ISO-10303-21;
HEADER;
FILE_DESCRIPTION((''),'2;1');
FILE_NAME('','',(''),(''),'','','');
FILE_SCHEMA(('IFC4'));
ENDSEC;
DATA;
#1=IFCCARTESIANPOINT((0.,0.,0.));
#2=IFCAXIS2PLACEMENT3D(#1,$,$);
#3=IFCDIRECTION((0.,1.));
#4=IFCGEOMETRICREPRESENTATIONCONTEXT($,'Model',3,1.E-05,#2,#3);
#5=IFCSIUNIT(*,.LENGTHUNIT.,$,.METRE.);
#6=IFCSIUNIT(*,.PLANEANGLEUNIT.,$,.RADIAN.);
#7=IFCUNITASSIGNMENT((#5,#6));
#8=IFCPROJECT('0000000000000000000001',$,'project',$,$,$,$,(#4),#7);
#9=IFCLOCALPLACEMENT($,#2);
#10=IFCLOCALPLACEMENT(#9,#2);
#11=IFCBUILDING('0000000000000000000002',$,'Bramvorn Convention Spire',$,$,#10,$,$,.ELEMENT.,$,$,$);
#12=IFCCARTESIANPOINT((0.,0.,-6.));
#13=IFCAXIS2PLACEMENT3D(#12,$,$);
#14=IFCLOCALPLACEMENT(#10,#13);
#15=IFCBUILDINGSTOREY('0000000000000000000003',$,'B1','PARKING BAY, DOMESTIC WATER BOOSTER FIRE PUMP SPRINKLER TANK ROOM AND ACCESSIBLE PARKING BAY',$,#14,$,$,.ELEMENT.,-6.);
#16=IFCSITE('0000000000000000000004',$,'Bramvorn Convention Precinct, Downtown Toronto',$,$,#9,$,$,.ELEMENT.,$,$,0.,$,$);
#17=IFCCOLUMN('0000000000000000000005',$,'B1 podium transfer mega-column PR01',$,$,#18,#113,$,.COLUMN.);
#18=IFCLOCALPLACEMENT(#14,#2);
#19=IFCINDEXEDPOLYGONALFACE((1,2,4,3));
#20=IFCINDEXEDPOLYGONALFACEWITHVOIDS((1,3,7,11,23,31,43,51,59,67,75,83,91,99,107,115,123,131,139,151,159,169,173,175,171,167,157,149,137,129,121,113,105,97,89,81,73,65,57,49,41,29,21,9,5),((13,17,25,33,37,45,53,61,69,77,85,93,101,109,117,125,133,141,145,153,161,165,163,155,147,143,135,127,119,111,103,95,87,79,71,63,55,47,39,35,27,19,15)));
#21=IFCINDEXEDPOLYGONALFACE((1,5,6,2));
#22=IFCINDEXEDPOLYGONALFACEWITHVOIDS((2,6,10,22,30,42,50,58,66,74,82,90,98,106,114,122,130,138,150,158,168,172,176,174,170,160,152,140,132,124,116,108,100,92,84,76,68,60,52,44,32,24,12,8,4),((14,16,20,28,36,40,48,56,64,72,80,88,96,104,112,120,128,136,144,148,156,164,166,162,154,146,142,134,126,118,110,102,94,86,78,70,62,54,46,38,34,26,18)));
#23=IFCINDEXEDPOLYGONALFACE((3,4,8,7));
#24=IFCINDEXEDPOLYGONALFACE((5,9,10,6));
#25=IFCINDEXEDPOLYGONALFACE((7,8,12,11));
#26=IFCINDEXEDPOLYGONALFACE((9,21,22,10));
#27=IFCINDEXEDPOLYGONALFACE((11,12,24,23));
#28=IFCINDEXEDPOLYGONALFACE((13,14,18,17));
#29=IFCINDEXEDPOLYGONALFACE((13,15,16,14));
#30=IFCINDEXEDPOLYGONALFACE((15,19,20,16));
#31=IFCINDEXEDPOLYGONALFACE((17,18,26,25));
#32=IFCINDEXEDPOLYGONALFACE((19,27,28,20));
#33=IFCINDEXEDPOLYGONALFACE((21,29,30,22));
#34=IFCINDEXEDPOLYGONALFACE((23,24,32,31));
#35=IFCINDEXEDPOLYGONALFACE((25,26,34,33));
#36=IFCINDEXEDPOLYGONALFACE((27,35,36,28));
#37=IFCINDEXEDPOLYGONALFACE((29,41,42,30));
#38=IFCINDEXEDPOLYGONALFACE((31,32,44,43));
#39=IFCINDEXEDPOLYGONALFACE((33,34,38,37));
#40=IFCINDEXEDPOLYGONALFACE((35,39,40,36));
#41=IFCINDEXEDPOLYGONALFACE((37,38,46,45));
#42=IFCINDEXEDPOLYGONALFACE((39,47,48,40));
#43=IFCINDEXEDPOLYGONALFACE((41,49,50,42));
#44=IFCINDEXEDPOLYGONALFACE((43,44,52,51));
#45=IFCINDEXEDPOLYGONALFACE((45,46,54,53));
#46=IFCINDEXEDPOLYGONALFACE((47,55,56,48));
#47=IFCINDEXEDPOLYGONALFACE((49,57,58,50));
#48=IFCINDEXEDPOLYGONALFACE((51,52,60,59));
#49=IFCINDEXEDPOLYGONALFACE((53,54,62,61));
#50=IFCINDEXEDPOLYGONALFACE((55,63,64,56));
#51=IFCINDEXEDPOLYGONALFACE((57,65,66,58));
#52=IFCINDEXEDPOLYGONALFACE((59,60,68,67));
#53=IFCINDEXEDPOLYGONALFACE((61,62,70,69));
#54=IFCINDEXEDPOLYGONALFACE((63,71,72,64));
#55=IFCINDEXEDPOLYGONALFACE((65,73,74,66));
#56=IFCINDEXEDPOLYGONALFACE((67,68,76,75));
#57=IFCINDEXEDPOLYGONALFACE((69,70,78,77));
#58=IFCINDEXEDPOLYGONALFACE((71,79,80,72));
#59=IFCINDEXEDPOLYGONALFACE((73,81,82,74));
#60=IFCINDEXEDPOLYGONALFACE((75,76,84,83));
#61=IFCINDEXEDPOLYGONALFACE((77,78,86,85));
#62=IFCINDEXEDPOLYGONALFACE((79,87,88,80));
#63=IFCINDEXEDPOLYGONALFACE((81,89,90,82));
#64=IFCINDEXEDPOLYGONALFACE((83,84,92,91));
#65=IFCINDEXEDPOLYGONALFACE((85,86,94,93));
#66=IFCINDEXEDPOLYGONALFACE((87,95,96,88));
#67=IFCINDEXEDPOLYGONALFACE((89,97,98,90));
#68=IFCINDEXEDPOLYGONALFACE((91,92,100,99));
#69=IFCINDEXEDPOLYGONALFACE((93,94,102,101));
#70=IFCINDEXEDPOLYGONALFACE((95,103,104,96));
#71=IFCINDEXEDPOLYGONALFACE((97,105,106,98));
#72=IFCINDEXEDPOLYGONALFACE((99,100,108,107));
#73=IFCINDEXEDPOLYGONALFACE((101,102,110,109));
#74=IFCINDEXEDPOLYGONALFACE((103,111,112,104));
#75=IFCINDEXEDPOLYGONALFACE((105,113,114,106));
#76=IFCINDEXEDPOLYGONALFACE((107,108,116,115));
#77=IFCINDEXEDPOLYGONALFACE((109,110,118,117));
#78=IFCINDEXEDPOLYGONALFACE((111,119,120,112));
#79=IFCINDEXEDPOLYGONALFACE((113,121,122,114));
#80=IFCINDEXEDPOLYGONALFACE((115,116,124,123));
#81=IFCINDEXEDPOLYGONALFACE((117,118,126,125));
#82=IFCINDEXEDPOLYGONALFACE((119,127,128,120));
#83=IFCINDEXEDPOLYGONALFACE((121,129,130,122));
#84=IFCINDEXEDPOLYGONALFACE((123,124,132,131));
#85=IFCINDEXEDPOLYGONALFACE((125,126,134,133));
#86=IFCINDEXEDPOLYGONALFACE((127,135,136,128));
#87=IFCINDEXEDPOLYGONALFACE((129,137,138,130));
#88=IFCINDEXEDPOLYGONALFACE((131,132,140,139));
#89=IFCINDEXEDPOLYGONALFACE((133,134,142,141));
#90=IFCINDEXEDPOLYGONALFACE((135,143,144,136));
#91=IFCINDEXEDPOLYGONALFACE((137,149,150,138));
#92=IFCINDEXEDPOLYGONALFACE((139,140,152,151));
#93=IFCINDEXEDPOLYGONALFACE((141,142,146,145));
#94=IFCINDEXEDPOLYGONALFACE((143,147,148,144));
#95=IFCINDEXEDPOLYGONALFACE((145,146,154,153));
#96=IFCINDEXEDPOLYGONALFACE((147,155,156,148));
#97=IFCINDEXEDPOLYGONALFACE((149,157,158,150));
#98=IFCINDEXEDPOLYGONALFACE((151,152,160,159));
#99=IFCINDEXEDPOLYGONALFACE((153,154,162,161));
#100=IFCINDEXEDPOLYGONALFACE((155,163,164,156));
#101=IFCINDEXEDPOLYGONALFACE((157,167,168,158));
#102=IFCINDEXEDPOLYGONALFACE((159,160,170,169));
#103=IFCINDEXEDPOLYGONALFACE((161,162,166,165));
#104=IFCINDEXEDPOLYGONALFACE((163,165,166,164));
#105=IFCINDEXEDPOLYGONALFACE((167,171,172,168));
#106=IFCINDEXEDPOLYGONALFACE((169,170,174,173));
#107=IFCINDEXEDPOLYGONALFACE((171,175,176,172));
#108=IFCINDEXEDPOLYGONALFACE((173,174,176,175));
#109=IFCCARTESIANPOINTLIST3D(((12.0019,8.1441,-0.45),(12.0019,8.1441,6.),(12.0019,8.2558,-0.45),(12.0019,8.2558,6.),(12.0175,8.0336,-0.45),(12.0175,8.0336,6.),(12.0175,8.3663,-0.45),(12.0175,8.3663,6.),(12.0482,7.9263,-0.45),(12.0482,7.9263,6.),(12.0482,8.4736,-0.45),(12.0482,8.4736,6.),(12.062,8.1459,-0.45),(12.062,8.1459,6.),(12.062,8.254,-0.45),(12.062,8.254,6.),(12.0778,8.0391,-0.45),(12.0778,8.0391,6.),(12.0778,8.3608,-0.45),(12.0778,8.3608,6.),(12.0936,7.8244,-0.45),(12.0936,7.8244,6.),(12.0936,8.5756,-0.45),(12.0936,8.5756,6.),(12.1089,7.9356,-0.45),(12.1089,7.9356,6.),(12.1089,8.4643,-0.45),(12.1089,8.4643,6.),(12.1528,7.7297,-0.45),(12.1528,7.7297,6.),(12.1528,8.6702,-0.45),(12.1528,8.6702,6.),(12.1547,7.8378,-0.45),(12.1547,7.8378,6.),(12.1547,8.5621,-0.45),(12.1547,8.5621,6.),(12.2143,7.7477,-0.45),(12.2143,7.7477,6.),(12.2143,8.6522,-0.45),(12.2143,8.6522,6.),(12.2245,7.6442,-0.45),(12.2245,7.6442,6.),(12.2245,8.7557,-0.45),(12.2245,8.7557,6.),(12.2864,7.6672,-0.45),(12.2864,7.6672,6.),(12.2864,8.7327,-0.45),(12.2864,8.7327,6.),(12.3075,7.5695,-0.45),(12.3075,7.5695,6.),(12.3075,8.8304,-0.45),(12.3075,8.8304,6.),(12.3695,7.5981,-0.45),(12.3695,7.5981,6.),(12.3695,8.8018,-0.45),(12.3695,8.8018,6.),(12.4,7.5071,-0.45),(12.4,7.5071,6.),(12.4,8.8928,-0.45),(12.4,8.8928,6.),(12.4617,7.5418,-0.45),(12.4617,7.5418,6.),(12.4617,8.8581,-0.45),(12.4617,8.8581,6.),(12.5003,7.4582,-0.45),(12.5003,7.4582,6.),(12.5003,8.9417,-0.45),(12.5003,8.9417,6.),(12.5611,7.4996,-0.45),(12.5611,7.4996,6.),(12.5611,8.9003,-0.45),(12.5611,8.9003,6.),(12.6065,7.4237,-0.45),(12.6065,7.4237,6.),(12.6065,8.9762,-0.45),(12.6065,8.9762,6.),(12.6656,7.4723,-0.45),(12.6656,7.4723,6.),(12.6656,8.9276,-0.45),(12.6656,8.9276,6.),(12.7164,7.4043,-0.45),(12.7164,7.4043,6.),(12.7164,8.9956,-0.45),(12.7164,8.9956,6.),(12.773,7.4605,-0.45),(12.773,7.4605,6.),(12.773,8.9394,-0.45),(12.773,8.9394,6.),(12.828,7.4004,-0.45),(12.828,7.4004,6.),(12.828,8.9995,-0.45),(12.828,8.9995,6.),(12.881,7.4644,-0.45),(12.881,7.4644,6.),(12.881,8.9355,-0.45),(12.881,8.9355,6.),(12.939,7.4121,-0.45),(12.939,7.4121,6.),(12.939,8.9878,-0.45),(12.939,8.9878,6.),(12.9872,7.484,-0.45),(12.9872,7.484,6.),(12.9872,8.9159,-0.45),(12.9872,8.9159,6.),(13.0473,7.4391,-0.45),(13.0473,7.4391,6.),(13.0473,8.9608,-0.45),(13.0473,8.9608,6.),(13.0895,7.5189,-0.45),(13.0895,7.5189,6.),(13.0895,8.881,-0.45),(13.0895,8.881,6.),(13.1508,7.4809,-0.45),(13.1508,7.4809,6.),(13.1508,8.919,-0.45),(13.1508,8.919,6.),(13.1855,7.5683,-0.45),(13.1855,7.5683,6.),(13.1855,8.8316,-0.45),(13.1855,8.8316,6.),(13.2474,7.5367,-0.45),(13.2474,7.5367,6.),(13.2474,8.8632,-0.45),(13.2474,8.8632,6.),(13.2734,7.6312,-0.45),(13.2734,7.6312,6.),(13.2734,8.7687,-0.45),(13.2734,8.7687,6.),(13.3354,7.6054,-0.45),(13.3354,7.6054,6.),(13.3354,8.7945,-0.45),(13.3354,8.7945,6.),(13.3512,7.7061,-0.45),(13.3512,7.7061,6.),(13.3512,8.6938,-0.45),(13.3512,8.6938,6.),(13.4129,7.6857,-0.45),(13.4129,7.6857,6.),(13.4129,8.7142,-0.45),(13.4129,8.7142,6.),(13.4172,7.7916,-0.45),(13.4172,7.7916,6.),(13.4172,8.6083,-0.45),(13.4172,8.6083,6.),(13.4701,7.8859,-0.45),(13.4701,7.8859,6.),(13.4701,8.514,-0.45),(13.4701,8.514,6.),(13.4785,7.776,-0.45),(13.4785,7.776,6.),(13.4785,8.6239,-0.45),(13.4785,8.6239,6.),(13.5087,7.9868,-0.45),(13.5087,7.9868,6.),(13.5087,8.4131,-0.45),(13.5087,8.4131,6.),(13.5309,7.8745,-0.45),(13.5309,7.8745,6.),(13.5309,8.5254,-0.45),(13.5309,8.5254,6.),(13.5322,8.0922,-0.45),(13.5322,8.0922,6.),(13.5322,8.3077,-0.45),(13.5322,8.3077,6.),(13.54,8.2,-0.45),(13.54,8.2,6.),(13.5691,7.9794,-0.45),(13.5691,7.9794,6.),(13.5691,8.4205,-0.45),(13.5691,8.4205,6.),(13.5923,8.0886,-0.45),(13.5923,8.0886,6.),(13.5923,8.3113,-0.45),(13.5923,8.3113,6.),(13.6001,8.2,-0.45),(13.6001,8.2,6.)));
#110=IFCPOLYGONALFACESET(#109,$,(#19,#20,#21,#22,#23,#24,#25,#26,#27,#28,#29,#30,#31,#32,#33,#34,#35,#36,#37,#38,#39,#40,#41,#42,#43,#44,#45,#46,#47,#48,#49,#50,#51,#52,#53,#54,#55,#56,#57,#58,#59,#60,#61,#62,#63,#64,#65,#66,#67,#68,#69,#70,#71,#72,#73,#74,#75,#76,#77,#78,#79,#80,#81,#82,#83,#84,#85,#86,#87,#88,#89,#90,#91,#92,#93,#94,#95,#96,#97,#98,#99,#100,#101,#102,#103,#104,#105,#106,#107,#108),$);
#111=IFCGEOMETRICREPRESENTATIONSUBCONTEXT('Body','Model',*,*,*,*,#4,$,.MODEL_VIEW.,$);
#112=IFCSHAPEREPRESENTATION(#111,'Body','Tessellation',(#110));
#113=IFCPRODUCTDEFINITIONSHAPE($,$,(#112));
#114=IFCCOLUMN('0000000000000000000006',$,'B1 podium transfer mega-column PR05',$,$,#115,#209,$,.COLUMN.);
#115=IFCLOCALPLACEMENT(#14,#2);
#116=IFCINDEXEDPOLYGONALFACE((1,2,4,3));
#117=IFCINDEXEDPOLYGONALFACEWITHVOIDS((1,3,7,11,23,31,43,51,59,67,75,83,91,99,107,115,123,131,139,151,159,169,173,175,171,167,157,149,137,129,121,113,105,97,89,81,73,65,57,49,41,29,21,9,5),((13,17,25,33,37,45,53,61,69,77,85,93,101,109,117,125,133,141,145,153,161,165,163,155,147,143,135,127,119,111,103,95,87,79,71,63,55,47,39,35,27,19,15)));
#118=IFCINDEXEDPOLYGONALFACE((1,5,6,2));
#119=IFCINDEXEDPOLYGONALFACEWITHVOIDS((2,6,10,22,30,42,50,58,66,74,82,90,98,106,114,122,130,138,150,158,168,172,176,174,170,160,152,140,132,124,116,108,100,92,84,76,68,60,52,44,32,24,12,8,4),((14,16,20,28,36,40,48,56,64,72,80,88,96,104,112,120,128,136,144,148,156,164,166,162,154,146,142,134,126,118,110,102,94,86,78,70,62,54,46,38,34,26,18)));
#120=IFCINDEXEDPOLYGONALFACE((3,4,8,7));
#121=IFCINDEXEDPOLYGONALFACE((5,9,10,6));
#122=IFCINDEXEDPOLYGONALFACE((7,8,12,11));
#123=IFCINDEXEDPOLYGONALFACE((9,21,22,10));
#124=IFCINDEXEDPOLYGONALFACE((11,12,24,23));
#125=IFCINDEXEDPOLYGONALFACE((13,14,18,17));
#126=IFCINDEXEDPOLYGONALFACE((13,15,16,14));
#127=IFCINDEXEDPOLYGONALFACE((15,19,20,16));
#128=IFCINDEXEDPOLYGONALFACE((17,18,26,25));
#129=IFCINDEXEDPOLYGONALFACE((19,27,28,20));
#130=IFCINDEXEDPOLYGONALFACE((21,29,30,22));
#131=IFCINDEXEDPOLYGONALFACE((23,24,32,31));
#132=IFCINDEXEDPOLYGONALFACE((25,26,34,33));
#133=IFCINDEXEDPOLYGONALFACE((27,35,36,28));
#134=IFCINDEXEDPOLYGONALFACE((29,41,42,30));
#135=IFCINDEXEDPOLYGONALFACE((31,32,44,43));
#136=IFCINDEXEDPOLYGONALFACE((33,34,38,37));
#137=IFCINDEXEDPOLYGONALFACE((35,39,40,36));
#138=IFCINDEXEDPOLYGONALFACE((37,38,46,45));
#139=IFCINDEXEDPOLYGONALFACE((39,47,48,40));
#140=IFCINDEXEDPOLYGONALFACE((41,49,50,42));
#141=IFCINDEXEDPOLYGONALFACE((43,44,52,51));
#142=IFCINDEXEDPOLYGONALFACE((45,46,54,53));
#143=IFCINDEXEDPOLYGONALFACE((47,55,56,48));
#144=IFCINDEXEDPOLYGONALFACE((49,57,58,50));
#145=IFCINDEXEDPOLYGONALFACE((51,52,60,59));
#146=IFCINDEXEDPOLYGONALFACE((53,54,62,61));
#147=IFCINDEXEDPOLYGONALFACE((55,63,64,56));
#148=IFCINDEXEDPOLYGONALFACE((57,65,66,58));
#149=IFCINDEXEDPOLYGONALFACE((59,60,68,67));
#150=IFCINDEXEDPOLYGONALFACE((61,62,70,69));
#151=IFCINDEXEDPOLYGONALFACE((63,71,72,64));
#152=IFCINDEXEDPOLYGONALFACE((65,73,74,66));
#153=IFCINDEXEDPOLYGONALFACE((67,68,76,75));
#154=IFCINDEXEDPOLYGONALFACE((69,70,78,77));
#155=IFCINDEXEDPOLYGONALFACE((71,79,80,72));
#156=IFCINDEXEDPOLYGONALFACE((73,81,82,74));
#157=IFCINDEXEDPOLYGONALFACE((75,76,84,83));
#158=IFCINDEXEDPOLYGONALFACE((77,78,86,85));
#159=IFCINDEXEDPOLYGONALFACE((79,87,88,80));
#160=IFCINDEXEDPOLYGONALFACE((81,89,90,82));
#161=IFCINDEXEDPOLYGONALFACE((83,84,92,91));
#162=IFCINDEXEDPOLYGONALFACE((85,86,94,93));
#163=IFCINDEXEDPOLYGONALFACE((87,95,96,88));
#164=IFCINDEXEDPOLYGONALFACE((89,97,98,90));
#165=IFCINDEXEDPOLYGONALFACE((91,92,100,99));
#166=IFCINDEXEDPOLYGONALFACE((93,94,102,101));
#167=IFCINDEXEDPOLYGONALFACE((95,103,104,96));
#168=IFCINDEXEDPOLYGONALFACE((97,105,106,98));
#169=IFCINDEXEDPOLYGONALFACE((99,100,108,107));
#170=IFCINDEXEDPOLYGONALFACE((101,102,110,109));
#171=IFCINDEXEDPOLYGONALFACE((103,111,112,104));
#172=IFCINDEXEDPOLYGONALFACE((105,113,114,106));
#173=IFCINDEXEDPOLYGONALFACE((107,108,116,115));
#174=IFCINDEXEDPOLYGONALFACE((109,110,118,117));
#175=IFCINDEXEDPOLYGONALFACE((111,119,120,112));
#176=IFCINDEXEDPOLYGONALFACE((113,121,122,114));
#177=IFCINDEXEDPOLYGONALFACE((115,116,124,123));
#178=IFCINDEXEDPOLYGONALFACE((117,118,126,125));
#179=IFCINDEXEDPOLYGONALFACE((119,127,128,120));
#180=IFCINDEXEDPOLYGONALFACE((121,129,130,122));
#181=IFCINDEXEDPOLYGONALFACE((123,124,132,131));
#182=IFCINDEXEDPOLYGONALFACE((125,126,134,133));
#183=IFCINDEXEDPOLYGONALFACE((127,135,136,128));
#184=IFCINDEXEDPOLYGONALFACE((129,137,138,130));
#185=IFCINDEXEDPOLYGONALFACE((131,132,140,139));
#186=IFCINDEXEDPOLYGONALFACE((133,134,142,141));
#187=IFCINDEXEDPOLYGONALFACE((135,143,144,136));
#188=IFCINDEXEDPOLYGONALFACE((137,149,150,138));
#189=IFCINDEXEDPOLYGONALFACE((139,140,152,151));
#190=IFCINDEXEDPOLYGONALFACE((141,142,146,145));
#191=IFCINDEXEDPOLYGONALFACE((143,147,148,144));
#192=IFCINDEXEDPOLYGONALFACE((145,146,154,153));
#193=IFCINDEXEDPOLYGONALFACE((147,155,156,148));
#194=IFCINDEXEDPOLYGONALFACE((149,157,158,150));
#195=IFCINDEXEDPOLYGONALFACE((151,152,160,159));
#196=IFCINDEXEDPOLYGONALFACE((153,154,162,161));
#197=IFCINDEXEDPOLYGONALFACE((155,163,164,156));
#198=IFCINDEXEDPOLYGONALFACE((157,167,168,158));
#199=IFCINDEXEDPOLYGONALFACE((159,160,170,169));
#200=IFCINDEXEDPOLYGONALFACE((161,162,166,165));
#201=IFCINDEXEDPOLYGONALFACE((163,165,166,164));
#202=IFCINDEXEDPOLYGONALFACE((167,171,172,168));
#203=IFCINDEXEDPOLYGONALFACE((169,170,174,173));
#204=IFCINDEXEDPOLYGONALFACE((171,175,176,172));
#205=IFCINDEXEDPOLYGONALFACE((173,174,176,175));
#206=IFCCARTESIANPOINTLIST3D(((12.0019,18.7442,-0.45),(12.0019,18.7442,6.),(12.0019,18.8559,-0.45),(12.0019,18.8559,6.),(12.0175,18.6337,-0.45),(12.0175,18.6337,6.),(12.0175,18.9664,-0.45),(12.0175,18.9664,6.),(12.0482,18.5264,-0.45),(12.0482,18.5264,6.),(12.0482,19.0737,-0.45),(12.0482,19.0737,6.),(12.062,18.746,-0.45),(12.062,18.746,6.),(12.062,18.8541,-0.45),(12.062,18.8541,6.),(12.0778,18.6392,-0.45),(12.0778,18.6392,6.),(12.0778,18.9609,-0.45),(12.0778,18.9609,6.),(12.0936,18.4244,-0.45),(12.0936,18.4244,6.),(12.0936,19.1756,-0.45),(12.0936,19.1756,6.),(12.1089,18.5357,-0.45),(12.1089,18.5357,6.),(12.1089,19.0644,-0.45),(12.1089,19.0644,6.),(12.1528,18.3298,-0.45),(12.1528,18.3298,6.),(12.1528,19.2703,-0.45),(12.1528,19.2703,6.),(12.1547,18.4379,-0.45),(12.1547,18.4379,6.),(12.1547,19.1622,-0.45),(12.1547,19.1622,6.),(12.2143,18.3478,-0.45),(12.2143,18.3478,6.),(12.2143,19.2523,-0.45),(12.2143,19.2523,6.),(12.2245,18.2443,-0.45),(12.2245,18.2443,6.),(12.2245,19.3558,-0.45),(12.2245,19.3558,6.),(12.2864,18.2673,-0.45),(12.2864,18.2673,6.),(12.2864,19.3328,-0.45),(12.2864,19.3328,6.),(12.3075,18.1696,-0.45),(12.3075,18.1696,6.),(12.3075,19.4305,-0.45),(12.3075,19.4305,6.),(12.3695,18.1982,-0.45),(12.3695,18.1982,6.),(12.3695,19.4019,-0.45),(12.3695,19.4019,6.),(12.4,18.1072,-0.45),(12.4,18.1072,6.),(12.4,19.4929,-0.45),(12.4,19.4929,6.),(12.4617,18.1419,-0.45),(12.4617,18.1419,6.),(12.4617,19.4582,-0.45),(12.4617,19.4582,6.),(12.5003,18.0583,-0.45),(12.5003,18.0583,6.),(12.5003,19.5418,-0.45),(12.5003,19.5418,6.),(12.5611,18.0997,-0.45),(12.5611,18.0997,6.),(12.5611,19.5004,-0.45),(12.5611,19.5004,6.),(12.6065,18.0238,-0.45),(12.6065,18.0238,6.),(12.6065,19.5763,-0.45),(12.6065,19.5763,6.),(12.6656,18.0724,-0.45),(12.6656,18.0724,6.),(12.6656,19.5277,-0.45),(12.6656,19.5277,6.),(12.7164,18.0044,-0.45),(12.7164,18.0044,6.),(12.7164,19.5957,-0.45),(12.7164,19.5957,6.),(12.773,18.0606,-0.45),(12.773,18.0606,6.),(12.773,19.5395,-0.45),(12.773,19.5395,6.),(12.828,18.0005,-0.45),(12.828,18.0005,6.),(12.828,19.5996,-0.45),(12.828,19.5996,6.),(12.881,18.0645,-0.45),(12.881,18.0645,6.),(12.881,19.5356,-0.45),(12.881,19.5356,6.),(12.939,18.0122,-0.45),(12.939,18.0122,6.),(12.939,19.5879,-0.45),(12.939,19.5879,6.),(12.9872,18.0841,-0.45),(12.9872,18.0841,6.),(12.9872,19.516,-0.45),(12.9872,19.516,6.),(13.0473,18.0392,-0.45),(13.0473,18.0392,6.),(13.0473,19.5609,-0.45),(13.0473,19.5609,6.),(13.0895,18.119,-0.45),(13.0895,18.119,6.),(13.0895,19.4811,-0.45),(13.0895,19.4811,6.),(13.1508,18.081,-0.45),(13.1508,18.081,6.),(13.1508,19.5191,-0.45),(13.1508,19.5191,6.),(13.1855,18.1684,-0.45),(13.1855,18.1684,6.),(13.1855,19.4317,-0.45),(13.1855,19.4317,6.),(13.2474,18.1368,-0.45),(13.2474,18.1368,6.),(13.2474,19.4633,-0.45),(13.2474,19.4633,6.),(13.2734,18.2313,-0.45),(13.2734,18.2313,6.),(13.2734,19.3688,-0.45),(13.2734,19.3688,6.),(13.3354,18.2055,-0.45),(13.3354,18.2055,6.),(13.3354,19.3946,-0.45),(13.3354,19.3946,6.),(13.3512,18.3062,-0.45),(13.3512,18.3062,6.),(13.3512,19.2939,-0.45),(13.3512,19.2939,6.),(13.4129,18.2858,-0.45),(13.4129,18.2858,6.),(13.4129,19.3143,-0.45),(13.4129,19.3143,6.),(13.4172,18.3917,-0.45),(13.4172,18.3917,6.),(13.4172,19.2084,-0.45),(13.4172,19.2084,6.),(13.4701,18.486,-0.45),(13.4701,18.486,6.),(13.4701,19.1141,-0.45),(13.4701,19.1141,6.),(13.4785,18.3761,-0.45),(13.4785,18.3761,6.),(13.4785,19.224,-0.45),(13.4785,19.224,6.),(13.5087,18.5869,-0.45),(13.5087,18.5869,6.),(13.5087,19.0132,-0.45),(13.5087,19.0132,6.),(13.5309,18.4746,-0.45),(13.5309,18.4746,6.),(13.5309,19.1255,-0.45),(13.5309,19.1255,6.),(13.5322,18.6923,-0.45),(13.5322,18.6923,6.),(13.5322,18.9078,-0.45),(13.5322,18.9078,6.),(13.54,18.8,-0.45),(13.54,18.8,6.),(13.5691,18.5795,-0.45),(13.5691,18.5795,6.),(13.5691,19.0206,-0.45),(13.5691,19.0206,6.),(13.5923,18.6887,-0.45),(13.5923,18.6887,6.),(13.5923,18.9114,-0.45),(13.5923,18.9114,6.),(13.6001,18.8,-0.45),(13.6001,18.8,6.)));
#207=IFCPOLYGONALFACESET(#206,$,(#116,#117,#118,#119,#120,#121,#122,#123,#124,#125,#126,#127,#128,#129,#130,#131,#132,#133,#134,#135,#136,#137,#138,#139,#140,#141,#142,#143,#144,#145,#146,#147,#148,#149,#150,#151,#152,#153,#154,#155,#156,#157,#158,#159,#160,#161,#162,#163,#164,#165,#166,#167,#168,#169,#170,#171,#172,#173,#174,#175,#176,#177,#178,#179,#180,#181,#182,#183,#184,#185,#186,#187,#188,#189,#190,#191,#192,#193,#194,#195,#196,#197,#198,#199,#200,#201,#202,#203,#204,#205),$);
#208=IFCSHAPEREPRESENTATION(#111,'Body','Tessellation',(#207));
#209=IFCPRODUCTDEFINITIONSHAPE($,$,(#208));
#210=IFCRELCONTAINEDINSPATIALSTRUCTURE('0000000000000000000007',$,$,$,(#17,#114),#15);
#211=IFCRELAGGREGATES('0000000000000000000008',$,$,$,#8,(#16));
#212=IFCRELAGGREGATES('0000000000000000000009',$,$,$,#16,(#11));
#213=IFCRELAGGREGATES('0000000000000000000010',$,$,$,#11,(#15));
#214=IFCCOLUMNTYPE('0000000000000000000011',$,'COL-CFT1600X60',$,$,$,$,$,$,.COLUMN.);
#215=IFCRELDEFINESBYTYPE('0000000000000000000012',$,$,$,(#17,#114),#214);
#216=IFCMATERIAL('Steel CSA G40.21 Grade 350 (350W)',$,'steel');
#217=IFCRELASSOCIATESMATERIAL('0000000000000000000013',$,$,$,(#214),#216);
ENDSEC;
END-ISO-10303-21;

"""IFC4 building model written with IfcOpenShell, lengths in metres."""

from ifc_helpers import new_model, si_unit, direction, frame, origin, origin_2d, place, context, subcontext, project, spatial, hollow_circle, extrude, material, material_profile, profile_set, type_object, element, save


model = new_model("IFC4")

# Units and contexts
model_context = context("Model", 3, precision=1e-05, world=origin(), true_north=direction((0.0, 1.0)))
body_context = subcontext(model_context, "Body", "Model", "MODEL_VIEW")
ifc_project = project(units=[si_unit("LENGTHUNIT", "METRE"), si_unit("PLANEANGLEUNIT", "RADIAN")], contexts=[model_context])

# Site, building, storey
site_placement = place(None, origin())
site = spatial("IfcSite", under=ifc_project, at=site_placement, Name="Bramvorn Convention Precinct, Downtown Toronto", CompositionType="ELEMENT", RefElevation=0.0)
building_placement = place(site_placement, origin())
building = spatial("IfcBuilding", under=site, at=building_placement, Name="Bramvorn Convention Spire", CompositionType="ELEMENT")
storey_placement = place(building_placement, frame((0.0, 0.0, -6.0)))
storey = spatial("IfcBuildingStorey", under=building, at=storey_placement, Name="B1", Description="PARKING BAY, DOMESTIC WATER BOOSTER FIRE PUMP SPRINKLER TANK ROOM AND ACCESSIBLE PARKING BAY", CompositionType="ELEMENT", Elevation=-6.0)

# Columns
ifc_material_1 = material(Name="Steel CSA G40.21 Grade 350 (350W)", Category="steel")
ifc_material_profile_1 = material_profile(ifc_material_1, hollow_circle(Radius=0.8, WallThickness=0.0601, at=origin_2d()))
ifc_profile_set_1 = profile_set([ifc_material_profile_1], Name="Steel CSA G40.21 Grade 350 (350W) - CFT1600X60")
column_type_1 = type_object("IfcColumnType", Name="COL-CFT1600X60", PredefinedType="COLUMN", material=ifc_profile_set_1)
for number, where, z_axis, x_axis, name in (
    (1, (12.8, 8.2, -0.45), (0.0, 0.0, 1.0), (1.0, 0.0, 0.0), "B1 podium transfer mega-column PR01"),
    (2, (12.8, 18.8, -0.45), (0.0, 0.0, 1.0), (1.0, 0.0, 0.0), "B1 podium transfer mega-column PR05"),
):
    element("IfcColumn", number, at=place(storey_placement, frame(where, z_axis=z_axis, x_axis=x_axis)), inside=storey, type_object=column_type_1, Name=name, PredefinedType="COLUMN", context=body_context, shape_type="SweptSolid", body=[
        extrude(hollow_circle(Radius=0.8, WallThickness=0.0601, at=origin_2d()), origin(), (0.0, 0.0, 1.0), 6.45),
    ])

save(model, "model.ifc")
